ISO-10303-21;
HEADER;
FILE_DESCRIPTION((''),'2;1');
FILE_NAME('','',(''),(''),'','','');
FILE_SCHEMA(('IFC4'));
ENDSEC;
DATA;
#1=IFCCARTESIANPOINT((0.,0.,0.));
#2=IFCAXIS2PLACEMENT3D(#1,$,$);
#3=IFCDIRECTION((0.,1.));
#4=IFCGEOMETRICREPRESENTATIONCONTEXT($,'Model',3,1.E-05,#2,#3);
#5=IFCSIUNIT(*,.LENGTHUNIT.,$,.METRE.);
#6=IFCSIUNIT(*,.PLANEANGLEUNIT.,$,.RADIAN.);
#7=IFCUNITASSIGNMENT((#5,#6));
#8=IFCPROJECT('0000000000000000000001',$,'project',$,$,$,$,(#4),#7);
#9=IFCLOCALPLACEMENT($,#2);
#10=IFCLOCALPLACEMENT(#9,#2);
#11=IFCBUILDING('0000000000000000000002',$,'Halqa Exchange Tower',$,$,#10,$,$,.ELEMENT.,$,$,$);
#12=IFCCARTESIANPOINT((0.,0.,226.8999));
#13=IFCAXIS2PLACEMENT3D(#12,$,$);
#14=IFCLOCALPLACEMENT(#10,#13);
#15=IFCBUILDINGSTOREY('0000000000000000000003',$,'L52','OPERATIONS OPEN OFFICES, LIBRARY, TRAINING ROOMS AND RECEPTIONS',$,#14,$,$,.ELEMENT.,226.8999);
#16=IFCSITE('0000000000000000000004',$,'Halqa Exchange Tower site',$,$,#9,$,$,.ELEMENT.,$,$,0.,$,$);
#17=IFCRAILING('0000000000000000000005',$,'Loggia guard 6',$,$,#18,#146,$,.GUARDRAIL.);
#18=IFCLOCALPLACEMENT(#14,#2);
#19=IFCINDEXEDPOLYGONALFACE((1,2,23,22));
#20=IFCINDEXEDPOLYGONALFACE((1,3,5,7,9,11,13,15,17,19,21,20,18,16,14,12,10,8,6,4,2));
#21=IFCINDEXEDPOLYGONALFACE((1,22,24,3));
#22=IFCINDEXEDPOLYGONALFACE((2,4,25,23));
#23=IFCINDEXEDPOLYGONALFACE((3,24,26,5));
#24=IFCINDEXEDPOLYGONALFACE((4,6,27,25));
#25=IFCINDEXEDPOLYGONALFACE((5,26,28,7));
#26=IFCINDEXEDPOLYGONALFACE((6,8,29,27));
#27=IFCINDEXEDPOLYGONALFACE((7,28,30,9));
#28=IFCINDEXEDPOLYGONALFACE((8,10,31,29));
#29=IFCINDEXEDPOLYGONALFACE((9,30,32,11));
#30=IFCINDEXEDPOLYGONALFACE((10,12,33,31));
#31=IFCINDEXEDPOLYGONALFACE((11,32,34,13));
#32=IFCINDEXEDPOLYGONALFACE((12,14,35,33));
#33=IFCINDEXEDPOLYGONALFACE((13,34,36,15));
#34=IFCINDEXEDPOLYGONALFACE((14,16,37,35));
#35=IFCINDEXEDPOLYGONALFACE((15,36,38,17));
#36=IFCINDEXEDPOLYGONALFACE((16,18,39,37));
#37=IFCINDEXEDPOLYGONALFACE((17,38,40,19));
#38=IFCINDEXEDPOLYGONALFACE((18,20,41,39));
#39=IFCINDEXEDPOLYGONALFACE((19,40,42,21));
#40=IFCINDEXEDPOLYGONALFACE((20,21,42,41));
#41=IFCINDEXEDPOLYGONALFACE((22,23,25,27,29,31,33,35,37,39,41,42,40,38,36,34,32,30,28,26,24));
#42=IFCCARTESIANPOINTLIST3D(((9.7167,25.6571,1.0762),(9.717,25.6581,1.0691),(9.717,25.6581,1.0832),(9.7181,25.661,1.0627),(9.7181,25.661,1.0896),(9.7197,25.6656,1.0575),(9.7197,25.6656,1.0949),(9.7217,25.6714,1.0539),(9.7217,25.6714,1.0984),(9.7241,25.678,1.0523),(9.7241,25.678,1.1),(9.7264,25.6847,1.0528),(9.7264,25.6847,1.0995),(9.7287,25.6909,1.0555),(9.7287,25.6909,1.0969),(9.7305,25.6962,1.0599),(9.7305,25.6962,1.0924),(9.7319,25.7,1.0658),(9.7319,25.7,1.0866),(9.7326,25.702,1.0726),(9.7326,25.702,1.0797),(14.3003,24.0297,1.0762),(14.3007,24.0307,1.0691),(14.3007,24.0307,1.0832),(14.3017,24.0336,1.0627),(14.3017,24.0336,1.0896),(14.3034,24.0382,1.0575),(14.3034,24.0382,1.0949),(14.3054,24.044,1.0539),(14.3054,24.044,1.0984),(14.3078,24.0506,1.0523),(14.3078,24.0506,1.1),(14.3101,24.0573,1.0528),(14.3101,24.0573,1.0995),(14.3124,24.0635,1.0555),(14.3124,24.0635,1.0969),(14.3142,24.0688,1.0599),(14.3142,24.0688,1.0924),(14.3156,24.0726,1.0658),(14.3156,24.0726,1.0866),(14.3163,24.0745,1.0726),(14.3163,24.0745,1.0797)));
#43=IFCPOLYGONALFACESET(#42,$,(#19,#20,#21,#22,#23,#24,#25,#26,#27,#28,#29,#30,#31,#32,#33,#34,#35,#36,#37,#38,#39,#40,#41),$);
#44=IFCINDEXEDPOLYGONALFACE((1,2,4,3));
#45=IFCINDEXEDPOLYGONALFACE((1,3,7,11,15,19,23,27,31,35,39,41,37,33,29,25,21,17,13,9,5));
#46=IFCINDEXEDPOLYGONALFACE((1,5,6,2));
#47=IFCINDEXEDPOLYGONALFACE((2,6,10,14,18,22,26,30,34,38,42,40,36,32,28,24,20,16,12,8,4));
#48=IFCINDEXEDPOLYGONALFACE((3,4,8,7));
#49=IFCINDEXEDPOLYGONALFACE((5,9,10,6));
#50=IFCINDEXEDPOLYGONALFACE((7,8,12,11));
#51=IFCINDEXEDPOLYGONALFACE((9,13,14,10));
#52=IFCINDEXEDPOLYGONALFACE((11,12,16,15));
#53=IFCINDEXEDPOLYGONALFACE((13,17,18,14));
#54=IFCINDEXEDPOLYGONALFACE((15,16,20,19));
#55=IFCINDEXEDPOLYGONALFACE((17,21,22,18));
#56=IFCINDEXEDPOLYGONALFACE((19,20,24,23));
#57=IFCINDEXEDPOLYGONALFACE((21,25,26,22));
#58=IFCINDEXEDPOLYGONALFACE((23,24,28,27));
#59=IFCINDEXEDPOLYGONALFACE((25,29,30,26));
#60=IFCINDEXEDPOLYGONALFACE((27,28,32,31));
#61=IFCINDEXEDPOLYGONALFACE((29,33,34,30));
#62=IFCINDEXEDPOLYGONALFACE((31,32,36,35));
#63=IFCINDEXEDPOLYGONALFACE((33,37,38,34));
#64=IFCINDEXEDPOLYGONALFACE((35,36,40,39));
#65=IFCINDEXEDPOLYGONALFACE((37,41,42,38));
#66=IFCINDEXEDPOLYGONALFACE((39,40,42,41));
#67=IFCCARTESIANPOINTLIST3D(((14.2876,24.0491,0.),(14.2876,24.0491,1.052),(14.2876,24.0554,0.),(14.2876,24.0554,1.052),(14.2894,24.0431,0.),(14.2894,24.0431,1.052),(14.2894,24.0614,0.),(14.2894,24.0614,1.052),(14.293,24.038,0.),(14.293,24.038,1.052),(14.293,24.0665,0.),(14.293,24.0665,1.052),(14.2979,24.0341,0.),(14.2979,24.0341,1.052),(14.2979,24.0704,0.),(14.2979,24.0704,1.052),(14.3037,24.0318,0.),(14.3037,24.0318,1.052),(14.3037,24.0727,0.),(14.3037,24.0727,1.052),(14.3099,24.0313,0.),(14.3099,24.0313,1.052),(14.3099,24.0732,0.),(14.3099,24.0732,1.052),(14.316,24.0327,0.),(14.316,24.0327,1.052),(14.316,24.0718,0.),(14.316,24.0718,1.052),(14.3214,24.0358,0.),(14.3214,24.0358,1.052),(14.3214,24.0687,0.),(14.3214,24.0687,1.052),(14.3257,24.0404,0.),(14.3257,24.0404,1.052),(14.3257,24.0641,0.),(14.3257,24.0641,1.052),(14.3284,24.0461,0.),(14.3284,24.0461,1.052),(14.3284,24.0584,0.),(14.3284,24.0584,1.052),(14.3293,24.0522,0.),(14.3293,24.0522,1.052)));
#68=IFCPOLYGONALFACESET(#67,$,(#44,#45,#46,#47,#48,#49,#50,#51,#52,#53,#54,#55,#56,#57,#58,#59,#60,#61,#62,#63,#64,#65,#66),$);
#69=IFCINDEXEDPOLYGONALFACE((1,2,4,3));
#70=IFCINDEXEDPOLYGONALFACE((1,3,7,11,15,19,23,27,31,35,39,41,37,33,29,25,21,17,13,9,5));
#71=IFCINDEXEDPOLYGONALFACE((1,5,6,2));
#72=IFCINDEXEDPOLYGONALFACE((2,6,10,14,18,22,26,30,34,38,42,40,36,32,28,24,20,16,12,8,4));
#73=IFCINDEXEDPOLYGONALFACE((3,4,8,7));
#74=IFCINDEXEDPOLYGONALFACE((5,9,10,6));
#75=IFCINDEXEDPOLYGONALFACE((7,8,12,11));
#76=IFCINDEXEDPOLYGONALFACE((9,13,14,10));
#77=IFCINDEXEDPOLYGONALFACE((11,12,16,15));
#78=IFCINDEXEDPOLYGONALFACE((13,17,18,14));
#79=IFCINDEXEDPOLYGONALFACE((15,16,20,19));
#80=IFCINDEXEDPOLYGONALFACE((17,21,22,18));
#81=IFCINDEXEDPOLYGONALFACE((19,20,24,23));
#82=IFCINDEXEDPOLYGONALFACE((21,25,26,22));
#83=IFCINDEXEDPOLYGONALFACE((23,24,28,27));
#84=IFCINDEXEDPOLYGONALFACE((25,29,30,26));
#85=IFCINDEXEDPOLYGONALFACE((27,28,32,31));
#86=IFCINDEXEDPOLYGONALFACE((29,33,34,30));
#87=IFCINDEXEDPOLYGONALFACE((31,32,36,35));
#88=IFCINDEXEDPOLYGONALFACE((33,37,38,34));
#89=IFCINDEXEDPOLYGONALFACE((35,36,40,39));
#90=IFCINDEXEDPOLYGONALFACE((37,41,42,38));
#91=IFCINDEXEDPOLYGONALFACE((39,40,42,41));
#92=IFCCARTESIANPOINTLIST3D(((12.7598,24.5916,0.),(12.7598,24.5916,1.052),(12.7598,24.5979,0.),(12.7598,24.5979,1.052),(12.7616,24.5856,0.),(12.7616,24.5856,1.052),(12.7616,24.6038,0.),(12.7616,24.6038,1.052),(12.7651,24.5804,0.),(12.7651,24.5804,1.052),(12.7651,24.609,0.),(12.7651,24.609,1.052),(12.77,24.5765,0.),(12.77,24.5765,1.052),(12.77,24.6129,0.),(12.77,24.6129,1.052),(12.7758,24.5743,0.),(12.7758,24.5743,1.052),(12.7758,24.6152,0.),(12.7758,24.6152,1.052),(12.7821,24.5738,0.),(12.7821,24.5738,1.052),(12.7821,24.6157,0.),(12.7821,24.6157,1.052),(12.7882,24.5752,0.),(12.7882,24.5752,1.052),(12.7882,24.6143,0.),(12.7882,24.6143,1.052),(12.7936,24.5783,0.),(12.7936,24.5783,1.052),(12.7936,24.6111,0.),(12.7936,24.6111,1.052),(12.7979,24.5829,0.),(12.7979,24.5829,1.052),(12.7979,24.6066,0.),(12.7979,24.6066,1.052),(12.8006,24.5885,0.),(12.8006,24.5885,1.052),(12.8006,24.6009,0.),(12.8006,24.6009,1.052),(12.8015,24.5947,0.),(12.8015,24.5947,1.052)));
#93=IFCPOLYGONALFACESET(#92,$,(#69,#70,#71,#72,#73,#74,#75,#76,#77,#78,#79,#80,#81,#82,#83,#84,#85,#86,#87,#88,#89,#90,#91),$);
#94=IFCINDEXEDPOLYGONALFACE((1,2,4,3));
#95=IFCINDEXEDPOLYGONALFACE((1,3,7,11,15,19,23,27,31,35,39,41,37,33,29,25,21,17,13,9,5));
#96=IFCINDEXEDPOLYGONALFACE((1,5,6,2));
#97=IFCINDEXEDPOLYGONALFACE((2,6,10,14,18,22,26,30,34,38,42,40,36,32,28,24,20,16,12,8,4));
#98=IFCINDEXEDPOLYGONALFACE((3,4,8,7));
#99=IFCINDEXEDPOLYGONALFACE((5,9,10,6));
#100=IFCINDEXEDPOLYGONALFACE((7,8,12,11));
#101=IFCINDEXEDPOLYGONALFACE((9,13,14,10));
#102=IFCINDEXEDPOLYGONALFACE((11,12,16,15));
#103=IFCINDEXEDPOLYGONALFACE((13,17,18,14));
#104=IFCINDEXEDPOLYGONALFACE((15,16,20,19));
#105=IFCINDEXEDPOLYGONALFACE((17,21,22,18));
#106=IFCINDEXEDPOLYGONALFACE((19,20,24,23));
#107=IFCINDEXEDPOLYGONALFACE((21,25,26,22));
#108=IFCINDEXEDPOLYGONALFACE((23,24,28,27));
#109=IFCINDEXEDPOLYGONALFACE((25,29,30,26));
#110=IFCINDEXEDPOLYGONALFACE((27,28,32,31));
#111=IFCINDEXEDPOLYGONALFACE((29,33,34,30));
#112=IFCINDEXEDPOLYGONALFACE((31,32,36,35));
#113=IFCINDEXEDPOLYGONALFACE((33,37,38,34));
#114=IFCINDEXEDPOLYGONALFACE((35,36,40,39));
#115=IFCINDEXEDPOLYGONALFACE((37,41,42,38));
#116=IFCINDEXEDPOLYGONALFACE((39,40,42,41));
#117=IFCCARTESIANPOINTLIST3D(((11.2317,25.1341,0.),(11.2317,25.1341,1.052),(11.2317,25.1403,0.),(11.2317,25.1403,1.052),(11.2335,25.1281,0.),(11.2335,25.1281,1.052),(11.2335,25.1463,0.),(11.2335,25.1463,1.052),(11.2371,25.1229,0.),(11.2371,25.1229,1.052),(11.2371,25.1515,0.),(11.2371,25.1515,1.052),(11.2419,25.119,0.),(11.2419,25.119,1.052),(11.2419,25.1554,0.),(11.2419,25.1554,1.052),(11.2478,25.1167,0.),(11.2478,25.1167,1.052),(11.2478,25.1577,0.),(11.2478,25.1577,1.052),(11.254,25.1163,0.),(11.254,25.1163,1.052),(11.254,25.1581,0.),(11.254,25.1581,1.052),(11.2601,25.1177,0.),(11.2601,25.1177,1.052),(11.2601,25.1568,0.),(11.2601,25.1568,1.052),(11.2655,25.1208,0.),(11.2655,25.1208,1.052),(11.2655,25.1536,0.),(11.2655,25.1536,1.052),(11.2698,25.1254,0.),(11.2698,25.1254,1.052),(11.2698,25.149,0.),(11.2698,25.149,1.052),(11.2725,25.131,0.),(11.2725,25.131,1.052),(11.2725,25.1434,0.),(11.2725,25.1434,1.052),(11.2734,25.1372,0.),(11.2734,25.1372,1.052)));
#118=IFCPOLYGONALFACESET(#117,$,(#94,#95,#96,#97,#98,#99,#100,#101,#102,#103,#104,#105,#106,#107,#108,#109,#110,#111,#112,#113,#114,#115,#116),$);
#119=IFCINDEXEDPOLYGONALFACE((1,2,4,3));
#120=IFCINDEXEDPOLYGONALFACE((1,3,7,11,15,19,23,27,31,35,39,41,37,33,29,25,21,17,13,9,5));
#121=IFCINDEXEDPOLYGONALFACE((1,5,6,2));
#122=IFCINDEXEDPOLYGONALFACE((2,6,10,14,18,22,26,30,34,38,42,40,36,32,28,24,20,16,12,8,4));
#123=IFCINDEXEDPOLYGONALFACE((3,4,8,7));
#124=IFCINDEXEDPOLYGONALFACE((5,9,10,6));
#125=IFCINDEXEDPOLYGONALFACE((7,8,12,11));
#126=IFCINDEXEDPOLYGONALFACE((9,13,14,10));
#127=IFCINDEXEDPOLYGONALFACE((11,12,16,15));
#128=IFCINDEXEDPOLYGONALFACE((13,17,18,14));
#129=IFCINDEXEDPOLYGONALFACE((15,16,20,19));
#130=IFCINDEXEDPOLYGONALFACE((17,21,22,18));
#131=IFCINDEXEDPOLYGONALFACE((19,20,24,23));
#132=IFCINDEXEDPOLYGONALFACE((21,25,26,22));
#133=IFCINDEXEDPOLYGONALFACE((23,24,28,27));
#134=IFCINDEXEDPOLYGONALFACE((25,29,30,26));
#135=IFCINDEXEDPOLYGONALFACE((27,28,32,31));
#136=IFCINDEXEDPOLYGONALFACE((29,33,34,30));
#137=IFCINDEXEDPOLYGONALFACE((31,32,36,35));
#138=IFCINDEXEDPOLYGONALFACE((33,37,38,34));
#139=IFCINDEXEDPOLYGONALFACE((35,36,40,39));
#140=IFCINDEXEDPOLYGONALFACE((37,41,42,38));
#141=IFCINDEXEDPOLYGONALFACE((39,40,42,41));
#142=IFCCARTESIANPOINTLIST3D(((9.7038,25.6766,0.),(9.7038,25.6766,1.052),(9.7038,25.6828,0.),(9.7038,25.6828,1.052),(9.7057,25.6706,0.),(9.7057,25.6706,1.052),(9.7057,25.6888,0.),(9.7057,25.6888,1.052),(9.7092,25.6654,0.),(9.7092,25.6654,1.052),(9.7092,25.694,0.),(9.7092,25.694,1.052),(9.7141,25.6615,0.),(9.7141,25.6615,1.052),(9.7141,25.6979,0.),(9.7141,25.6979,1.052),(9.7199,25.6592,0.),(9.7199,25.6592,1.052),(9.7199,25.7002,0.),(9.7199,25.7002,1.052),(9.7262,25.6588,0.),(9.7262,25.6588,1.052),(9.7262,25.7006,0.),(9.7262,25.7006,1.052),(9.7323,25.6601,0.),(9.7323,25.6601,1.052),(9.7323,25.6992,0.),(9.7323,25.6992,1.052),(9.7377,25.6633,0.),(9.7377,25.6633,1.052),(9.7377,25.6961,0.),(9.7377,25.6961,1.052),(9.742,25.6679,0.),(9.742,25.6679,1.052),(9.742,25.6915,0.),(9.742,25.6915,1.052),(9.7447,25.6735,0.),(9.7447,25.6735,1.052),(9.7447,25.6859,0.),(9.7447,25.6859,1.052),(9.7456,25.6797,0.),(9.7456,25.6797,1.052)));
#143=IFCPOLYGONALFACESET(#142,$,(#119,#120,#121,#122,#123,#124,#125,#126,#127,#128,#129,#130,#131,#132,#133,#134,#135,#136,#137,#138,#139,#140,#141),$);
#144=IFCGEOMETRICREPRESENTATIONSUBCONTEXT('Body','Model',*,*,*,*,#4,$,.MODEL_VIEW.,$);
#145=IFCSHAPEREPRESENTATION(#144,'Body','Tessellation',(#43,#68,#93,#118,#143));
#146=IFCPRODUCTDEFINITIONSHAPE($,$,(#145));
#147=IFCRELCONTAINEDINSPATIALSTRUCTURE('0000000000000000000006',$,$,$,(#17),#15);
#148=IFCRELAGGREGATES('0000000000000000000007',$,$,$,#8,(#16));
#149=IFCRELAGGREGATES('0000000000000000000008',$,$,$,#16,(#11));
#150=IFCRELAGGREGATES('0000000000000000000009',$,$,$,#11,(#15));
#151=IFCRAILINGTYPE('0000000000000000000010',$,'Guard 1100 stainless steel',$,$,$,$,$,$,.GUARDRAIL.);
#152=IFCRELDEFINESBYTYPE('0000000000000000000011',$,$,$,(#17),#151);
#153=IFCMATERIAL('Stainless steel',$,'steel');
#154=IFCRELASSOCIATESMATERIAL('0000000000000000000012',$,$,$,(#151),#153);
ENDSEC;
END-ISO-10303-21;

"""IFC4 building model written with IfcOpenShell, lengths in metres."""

from ifc_helpers import new_model, si_unit, direction, frame, origin, origin_2d, place, context, subcontext, project, spatial, circle, extrude, material, type_object, element, save


model = new_model("IFC4")

# Units and contexts
model_context = context("Model", 3, precision=1e-05, world=origin(), true_north=direction((0.0, 1.0)))
body_context = subcontext(model_context, "Body", "Model", "MODEL_VIEW")
ifc_project = project(units=[si_unit("LENGTHUNIT", "METRE"), si_unit("PLANEANGLEUNIT", "RADIAN")], contexts=[model_context])

# Site, building, storey
site_placement = place(None, origin())
site = spatial("IfcSite", under=ifc_project, at=site_placement, Name="Halqa Exchange Tower site", CompositionType="ELEMENT", RefElevation=0.0)
building_placement = place(site_placement, origin())
building = spatial("IfcBuilding", under=site, at=building_placement, Name="Halqa Exchange Tower", CompositionType="ELEMENT")
storey_placement = place(building_placement, frame((0.0, 0.0, 226.8999)))
storey = spatial("IfcBuildingStorey", under=building, at=storey_placement, Name="L52", Description="OPERATIONS OPEN OFFICES, LIBRARY, TRAINING ROOMS AND RECEPTIONS", CompositionType="ELEMENT", Elevation=226.8999)

# Railing
ifc_material_1 = material(Name="Stainless steel", Category="steel")
railing_type = type_object("IfcRailingType", Name="Guard 1100 stainless steel", PredefinedType="GUARDRAIL", material=ifc_material_1)
railing_1_placement = place(storey_placement, frame((14.3083, 24.0522, 0.0)))
element("IfcRailing", 1, at=railing_1_placement, inside=storey, type_object=railing_type, Name="Loggia guard 6", PredefinedType="GUARDRAIL", context=body_context, shape_type="SweptSolid", body=[
    extrude(circle(Radius=0.0239, at=origin_2d()), frame((0.0, 0.0, 1.0762), z_axis=(-0.942366, 0.334584, 0.0), x_axis=(-0.334584, -0.942366, 0.0)), (0.0, 0.0, 1.0), 4.864),
    extrude(circle(Radius=0.021, at=origin_2d()), origin(), (0.0, 0.0, 1.0), 1.052),
    extrude(circle(Radius=0.021, at=origin_2d()), frame((-1.5278, 0.5425, 0.0)), (0.0, 0.0, 1.0), 1.052),
    extrude(circle(Radius=0.021, at=origin_2d()), frame((-3.0559, 1.085, 0.0)), (0.0, 0.0, 1.0), 1.052),
    extrude(circle(Radius=0.021, at=origin_2d()), frame((-4.5837, 1.6274, 0.0)), (0.0, 0.0, 1.0), 1.052),
])

save(model, "model.ifc")
